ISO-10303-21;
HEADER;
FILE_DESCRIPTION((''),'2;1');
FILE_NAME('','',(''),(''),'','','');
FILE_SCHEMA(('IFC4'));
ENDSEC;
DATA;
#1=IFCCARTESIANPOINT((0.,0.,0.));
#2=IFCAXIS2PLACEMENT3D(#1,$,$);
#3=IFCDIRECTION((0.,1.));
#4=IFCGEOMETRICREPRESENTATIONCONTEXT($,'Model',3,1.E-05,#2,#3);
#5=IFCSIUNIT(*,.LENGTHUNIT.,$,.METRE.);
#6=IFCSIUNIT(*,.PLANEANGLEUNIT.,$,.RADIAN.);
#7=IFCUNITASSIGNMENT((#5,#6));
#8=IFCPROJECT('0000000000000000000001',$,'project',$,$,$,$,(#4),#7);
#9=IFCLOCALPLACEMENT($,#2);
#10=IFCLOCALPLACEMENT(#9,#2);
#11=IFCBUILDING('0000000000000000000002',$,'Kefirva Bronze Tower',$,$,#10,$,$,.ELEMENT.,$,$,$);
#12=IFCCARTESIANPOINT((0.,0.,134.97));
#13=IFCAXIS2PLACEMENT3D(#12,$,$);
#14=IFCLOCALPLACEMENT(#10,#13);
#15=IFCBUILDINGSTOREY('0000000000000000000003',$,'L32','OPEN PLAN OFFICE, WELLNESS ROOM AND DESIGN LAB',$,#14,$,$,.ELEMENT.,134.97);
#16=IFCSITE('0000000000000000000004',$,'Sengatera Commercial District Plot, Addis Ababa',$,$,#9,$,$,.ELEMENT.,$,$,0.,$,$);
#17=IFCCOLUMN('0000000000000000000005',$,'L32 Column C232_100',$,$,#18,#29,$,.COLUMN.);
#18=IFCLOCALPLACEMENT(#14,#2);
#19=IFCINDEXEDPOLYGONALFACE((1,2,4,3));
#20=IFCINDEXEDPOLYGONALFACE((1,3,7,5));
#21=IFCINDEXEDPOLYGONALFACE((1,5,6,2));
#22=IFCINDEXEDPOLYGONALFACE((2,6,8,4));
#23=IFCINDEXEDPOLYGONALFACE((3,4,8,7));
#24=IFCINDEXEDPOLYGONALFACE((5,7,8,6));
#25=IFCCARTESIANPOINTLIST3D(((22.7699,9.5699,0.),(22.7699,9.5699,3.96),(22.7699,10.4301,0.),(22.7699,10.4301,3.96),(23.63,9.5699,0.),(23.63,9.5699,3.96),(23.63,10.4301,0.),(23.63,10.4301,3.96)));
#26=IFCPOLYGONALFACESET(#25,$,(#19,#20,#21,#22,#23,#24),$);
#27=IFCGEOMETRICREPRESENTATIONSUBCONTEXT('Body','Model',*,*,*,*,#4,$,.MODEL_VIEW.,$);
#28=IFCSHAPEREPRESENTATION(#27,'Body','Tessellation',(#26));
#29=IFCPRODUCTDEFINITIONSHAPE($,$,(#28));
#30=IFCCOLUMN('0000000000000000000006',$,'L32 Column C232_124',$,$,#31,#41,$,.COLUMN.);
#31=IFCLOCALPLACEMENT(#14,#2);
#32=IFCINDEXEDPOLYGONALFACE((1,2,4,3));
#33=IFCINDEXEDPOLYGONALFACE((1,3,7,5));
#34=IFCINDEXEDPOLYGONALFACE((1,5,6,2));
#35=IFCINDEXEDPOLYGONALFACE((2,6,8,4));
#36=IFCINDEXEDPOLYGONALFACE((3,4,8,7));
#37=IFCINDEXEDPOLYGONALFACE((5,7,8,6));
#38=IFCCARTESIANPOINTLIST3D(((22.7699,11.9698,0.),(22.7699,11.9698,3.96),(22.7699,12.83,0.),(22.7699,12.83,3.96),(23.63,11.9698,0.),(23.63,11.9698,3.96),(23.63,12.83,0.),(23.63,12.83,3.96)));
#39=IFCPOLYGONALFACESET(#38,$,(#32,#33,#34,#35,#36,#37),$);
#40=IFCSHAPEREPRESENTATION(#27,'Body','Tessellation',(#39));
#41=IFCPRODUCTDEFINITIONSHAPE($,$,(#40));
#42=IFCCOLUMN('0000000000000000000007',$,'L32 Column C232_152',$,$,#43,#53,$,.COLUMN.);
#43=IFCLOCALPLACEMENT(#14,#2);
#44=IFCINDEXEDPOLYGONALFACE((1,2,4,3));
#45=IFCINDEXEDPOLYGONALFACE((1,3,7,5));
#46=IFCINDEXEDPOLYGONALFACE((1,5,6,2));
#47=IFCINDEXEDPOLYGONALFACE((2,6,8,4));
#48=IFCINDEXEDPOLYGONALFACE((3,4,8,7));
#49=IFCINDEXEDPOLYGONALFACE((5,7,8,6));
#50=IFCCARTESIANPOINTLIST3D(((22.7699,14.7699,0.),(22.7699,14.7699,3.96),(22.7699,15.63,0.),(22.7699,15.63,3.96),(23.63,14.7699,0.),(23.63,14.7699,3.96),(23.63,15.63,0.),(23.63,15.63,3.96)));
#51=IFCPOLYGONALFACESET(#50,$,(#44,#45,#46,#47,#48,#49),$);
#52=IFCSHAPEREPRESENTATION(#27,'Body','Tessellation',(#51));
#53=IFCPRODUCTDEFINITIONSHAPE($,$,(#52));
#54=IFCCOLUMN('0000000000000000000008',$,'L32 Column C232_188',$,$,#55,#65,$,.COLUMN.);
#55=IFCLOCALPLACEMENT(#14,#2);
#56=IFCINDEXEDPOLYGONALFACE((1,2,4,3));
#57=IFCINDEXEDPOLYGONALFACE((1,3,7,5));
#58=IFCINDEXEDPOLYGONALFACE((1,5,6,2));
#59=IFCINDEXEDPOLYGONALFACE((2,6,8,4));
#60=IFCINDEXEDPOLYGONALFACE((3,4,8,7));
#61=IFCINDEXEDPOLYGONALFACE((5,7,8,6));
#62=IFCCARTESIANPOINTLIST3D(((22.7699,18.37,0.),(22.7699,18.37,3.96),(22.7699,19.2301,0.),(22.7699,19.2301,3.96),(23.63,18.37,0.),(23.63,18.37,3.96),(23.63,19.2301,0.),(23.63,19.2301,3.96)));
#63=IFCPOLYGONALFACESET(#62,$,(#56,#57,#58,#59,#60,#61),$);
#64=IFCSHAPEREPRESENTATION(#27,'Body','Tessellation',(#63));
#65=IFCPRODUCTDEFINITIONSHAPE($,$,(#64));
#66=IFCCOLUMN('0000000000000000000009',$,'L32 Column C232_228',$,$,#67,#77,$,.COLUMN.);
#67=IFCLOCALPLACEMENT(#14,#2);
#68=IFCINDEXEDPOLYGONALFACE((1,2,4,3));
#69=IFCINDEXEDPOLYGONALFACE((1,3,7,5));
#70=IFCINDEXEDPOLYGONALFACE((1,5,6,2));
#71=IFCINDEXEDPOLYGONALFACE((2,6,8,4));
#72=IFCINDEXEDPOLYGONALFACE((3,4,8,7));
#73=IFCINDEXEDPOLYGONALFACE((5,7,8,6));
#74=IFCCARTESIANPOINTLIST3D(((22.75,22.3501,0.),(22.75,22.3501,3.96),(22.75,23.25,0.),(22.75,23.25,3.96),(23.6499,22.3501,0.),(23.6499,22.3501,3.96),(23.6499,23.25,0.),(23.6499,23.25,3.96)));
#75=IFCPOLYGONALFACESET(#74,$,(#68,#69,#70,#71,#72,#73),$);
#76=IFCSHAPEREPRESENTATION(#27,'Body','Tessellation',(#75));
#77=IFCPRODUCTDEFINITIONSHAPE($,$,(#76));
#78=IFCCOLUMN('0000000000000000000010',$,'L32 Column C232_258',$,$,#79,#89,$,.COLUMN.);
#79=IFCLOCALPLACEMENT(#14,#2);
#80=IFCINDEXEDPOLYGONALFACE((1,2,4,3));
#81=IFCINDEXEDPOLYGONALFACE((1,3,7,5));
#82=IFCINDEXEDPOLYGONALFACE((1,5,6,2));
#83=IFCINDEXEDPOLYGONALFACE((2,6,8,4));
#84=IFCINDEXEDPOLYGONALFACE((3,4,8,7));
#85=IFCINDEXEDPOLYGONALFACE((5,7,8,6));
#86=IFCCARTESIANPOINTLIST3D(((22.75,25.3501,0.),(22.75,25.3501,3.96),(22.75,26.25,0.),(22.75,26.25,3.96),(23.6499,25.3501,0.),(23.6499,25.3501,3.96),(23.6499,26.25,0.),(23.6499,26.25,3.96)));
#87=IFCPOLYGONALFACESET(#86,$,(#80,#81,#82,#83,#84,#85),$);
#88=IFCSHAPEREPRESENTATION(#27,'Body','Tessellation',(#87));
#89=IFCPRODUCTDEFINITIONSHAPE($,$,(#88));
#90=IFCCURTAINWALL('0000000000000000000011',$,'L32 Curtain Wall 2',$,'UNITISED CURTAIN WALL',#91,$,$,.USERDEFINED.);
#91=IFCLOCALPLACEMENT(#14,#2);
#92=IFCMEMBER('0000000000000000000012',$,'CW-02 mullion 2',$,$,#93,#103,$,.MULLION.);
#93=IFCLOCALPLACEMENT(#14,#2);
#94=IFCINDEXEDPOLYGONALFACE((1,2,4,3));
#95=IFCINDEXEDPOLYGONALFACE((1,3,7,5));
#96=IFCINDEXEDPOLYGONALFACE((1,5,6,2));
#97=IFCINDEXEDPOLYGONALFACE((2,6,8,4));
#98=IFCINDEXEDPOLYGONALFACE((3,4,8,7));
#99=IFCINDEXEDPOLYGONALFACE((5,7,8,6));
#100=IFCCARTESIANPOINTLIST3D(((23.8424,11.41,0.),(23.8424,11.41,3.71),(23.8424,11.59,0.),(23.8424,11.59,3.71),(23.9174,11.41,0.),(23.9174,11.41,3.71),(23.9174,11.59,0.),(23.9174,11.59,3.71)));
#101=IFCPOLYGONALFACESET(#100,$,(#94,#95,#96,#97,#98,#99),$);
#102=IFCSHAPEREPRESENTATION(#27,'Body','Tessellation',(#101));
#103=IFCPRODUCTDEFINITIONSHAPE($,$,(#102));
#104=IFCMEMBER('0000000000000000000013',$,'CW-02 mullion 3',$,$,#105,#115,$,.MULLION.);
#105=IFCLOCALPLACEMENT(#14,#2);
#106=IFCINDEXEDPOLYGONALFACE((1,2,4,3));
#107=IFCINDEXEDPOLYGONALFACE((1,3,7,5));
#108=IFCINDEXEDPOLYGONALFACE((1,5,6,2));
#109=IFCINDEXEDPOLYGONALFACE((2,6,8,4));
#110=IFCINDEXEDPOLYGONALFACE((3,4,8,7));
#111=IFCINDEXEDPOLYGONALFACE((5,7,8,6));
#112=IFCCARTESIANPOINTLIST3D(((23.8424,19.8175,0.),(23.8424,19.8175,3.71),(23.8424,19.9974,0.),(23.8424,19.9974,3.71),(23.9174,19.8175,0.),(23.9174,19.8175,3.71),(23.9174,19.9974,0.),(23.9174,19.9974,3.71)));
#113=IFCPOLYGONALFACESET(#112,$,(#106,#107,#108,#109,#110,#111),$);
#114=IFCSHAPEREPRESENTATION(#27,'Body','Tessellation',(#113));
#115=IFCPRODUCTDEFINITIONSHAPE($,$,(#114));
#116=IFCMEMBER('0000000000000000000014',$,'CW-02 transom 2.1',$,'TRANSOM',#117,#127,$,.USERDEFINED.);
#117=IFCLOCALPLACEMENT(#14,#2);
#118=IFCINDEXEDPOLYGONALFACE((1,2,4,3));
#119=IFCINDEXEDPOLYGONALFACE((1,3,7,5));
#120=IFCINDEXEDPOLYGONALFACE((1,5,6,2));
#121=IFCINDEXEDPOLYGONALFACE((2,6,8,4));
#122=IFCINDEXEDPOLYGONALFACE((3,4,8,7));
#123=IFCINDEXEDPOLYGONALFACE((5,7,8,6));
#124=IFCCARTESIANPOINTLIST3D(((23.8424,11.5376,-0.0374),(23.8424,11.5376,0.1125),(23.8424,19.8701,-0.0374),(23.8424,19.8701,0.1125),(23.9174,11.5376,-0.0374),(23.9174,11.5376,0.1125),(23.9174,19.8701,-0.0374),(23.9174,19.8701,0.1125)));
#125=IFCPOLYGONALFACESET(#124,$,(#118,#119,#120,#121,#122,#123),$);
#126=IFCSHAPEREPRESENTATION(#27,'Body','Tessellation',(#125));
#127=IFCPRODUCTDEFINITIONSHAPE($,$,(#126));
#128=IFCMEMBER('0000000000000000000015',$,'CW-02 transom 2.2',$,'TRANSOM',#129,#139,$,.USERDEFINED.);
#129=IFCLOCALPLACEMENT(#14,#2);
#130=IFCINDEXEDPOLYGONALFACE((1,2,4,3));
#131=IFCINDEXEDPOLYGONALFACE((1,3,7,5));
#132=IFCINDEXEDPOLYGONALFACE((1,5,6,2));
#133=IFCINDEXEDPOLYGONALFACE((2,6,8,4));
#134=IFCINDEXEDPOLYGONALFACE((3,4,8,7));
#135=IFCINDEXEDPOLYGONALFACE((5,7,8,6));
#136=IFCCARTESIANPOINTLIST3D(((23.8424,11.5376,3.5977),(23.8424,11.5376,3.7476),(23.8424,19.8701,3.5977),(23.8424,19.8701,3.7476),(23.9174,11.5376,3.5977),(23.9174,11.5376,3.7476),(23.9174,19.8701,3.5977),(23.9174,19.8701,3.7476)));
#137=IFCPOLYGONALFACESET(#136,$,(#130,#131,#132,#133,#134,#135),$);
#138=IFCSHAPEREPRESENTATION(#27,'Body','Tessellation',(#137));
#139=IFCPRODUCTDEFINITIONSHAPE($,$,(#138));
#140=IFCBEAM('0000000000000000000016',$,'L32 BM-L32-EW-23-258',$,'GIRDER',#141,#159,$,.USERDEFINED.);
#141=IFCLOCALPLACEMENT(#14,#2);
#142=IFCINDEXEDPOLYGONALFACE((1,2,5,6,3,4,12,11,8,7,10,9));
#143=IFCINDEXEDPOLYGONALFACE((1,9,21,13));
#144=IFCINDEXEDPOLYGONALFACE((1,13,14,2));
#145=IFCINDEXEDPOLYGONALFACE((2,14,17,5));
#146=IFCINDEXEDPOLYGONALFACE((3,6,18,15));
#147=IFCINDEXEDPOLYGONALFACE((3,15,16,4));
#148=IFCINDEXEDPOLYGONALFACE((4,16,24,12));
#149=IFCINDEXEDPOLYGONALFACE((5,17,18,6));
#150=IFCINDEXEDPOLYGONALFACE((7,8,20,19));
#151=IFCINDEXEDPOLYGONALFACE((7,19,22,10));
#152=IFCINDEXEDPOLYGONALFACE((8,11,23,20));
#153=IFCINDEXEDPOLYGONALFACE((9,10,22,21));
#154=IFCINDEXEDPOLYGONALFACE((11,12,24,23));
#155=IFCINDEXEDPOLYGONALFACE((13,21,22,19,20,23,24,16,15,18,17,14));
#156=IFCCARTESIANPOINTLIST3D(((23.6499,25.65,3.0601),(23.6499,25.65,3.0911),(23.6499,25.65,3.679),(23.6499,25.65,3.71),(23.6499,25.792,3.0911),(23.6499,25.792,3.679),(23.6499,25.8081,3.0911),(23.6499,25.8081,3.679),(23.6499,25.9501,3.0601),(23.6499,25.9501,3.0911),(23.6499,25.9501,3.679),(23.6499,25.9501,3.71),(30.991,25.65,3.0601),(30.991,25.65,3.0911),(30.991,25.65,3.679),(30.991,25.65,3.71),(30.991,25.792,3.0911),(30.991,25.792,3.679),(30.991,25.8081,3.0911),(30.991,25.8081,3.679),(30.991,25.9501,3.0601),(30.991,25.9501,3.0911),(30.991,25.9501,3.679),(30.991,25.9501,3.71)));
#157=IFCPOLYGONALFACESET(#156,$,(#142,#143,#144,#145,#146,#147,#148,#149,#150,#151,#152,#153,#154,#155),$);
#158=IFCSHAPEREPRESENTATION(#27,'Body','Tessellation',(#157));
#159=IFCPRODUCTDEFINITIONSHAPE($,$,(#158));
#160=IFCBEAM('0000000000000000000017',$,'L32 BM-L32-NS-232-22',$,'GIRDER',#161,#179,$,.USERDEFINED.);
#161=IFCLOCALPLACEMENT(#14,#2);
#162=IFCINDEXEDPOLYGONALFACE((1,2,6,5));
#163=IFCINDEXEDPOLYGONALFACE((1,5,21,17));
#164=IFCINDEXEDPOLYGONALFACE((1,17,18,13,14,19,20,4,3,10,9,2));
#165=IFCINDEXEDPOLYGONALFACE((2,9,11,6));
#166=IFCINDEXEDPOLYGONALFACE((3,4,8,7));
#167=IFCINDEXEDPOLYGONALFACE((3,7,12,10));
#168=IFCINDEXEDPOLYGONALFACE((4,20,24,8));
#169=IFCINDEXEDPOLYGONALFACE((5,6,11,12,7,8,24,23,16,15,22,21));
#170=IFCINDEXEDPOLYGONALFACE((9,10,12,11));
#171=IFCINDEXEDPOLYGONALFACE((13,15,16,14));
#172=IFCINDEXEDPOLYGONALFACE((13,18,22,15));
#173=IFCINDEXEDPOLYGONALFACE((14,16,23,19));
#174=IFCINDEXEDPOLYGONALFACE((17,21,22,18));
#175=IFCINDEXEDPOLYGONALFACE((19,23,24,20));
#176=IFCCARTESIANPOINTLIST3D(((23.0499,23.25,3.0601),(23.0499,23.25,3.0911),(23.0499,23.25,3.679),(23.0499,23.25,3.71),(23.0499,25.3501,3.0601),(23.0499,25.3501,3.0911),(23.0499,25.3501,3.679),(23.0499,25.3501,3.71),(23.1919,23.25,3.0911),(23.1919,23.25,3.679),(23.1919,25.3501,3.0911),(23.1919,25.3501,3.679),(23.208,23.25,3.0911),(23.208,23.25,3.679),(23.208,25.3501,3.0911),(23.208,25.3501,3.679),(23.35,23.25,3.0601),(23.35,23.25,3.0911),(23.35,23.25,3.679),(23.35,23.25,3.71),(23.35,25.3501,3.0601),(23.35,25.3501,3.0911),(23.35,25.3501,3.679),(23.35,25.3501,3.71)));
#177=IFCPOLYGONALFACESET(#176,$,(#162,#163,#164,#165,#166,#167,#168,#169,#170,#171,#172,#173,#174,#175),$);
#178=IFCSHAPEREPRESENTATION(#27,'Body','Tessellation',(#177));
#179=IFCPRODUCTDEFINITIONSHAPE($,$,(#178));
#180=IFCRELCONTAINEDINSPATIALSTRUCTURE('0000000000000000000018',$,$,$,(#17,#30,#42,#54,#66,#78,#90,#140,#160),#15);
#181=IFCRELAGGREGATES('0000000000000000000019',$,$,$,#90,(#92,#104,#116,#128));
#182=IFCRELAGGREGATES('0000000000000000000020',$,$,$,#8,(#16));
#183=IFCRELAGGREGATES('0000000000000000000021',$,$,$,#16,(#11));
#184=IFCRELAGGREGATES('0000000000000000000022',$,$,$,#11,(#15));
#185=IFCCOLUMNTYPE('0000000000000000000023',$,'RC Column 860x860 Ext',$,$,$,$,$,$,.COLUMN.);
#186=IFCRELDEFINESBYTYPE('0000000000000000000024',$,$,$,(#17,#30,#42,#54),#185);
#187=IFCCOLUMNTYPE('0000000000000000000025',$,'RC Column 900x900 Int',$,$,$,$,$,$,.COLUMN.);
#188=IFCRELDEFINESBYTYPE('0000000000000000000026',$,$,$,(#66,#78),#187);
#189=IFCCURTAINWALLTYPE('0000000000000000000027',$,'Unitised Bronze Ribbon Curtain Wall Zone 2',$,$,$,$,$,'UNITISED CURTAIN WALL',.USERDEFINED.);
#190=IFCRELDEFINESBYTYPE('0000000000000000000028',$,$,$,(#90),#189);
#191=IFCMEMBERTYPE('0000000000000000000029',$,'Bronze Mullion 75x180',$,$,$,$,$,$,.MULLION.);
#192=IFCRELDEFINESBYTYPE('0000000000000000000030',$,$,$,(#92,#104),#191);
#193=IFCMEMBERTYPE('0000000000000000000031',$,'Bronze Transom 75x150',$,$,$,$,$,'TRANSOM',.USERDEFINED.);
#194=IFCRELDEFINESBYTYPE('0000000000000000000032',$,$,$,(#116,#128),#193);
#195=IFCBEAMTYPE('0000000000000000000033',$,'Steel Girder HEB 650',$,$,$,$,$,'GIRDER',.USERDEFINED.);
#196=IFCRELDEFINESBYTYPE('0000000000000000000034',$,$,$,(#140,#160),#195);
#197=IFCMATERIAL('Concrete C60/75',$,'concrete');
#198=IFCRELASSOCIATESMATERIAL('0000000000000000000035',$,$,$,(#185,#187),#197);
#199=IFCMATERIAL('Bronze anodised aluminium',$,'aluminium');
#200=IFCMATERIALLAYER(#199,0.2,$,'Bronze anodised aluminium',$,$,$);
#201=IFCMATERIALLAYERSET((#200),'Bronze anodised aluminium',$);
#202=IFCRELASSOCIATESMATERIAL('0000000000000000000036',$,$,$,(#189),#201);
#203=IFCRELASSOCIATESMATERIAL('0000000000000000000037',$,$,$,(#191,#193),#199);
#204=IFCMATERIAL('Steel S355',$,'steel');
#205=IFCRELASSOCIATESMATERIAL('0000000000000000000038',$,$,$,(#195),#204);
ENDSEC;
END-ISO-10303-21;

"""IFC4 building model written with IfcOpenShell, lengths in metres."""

from ifc_helpers import new_model, si_unit, direction, frame, origin, origin_2d, place, context, subcontext, project, spatial, rectangle, i_section, extrude, material, layer, layer_set, material_profile, profile_set, type_object, element, aggregate, save


model = new_model("IFC4")

# Units and contexts
model_context = context("Model", 3, precision=1e-05, world=origin(), true_north=direction((0.0, 1.0)))
body_context = subcontext(model_context, "Body", "Model", "MODEL_VIEW")
ifc_project = project(units=[si_unit("LENGTHUNIT", "METRE"), si_unit("PLANEANGLEUNIT", "RADIAN")], contexts=[model_context])

# Site, building, storey
site_placement = place(None, origin())
site = spatial("IfcSite", under=ifc_project, at=site_placement, Name="Sengatera Commercial District Plot, Addis Ababa", CompositionType="ELEMENT", RefElevation=0.0)
building_placement = place(site_placement, origin())
building = spatial("IfcBuilding", under=site, at=building_placement, Name="Kefirva Bronze Tower", CompositionType="ELEMENT")
storey_placement = place(building_placement, frame((0.0, 0.0, 134.97)))
storey = spatial("IfcBuildingStorey", under=building, at=storey_placement, Name="L32", Description="OPEN PLAN OFFICE, WELLNESS ROOM AND DESIGN LAB", CompositionType="ELEMENT", Elevation=134.97)

# Columns
ifc_material_1 = material(Name="Concrete C60/75", Category="concrete")
ifc_material_profile_1 = material_profile(ifc_material_1, rectangle(XDim=0.8601, YDim=0.8601, at=origin_2d()), Name="RC 860x860")
ifc_profile_set_1 = profile_set([ifc_material_profile_1], Name="Concrete C60/75")
column_type_1 = type_object("IfcColumnType", Name="RC Column 860x860 Ext", PredefinedType="COLUMN", material=ifc_profile_set_1)
for number, where, z_axis, x_axis, name in (
    (1, (23.2, 10.0, 0.0), (0.0, 0.0, 1.0), (1.0, 0.0, 0.0), "L32 Column C232_100"),
    (2, (23.2, 12.3999, 0.0), (0.0, 0.0, 1.0), (1.0, 0.0, 0.0), "L32 Column C232_124"),
    (3, (23.2, 15.2, 0.0), (0.0, 0.0, 1.0), (1.0, 0.0, 0.0), "L32 Column C232_152"),
    (4, (23.2, 18.8, 0.0), (0.0, 0.0, 1.0), (1.0, 0.0, 0.0), "L32 Column C232_188"),
):
    element("IfcColumn", number, at=place(storey_placement, frame(where, z_axis=z_axis, x_axis=x_axis)), inside=storey, type_object=column_type_1, Name=name, PredefinedType="COLUMN", context=body_context, shape_type="SweptSolid", body=[
        extrude(rectangle(XDim=0.8601, YDim=0.8601, at=origin_2d()), origin(), (0.0, 0.0, 1.0), 3.96),
    ])
ifc_material_profile_2 = material_profile(ifc_material_1, rectangle(XDim=0.8999, YDim=0.8999, at=origin_2d()), Name="RC 900x900")
ifc_profile_set_2 = profile_set([ifc_material_profile_2], Name="Concrete C60/75")
column_type_2 = type_object("IfcColumnType", Name="RC Column 900x900 Int", PredefinedType="COLUMN", material=ifc_profile_set_2)
for number, where, z_axis, x_axis, name in (
    (5, (23.2, 22.8, 0.0), (0.0, 0.0, 1.0), (1.0, 0.0, 0.0), "L32 Column C232_228"),
    (6, (23.2, 25.8, 0.0), (0.0, 0.0, 1.0), (1.0, 0.0, 0.0), "L32 Column C232_258"),
):
    element("IfcColumn", number, at=place(storey_placement, frame(where, z_axis=z_axis, x_axis=x_axis)), inside=storey, type_object=column_type_2, Name=name, PredefinedType="COLUMN", context=body_context, shape_type="SweptSolid", body=[
        extrude(rectangle(XDim=0.8999, YDim=0.8999, at=origin_2d()), origin(), (0.0, 0.0, 1.0), 3.96),
    ])

# Curtain wall, members
ifc_material_2 = material(Name="Bronze anodised aluminium", Category="aluminium")
ifc_layer_1 = layer(ifc_material_2, 0.2, Name="Bronze anodised aluminium")
ifc_layer_set_1 = layer_set([ifc_layer_1], Name="Bronze anodised aluminium")
curtain_wall_type = type_object("IfcCurtainWallType", Name="Unitised Bronze Ribbon Curtain Wall Zone 2", ElementType="UNITISED CURTAIN WALL", PredefinedType="USERDEFINED", material=ifc_layer_set_1)
curtain_wall_placement = place(storey_placement, origin())
curtain_wall = element("IfcCurtainWall", 7, at=curtain_wall_placement, inside=storey, type_object=curtain_wall_type, Name="L32 Curtain Wall 2", ObjectType="UNITISED CURTAIN WALL", PredefinedType="USERDEFINED")
ifc_material_profile_3 = material_profile(ifc_material_2, rectangle(XDim=0.075, YDim=0.1799, at=origin_2d()), Name="ALU 75x180")
ifc_profile_set_3 = profile_set([ifc_material_profile_3], Name="Bronze anodised aluminium")
member_type_1 = type_object("IfcMemberType", Name="Bronze Mullion 75x180", PredefinedType="MULLION", material=ifc_profile_set_3)
member_1_placement = place(storey_placement, frame((23.8799, 11.5, 0.0), z_axis=(0.0, 0.0, 1.0), x_axis=(-1.0, 0.0, 0.0)))
member_1 = element("IfcMember", 8, at=member_1_placement, type_object=member_type_1, Name="CW-02 mullion 2", PredefinedType="MULLION", context=body_context, shape_type="SweptSolid", body=[
    extrude(rectangle(XDim=0.075, YDim=0.1799, at=origin_2d()), origin(), (0.0, 0.0, 1.0), 3.71),
])
member_2_placement = place(storey_placement, frame((23.8799, 19.9075, 0.0), z_axis=(0.0, 0.0, 1.0), x_axis=(-1.0, 0.0, 0.0)))
member_2 = element("IfcMember", 9, at=member_2_placement, type_object=member_type_1, Name="CW-02 mullion 3", PredefinedType="MULLION", context=body_context, shape_type="SweptSolid", body=[
    extrude(rectangle(XDim=0.075, YDim=0.1799, at=origin_2d()), origin(), (0.0, 0.0, 1.0), 3.71),
])
ifc_material_profile_4 = material_profile(ifc_material_2, rectangle(XDim=0.075, YDim=0.1499, at=origin_2d()), Name="ALU 75x150")
ifc_profile_set_4 = profile_set([ifc_material_profile_4], Name="Bronze anodised aluminium")
member_type_2 = type_object("IfcMemberType", Name="Bronze Transom 75x150", ElementType="TRANSOM", PredefinedType="USERDEFINED", material=ifc_profile_set_4)
member_3_placement = place(storey_placement, frame((23.8799, 11.5376, 0.0376), z_axis=(0.0, 1.0, 0.0), x_axis=(-1.0, 0.0, 0.0)))
member_3 = element("IfcMember", 10, at=member_3_placement, type_object=member_type_2, Name="CW-02 transom 2.1", ObjectType="TRANSOM", PredefinedType="USERDEFINED", context=body_context, shape_type="SweptSolid", body=[
    extrude(rectangle(XDim=0.075, YDim=0.1499, at=origin_2d()), origin(), (0.0, 0.0, 1.0), 8.3325),
])
member_4_placement = place(storey_placement, frame((23.8799, 11.5376, 3.6726), z_axis=(0.0, 1.0, 0.0), x_axis=(-1.0, 0.0, 0.0)))
member_4 = element("IfcMember", 11, at=member_4_placement, type_object=member_type_2, Name="CW-02 transom 2.2", ObjectType="TRANSOM", PredefinedType="USERDEFINED", context=body_context, shape_type="SweptSolid", body=[
    extrude(rectangle(XDim=0.075, YDim=0.1499, at=origin_2d()), origin(), (0.0, 0.0, 1.0), 8.3325),
])

# Beams
ifc_material_3 = material(Name="Steel S355", Category="steel")
ifc_material_profile_5 = material_profile(ifc_material_3, i_section(OverallWidth=0.3, OverallDepth=0.6499, WebThickness=0.0161, FlangeThickness=0.031, at=origin_2d()), Name="HEB 650")
ifc_profile_set_5 = profile_set([ifc_material_profile_5], Name="Steel S355")
beam_type_1 = type_object("IfcBeamType", Name="Steel Girder HEB 650", ElementType="GIRDER", PredefinedType="USERDEFINED", material=ifc_profile_set_5)
beam_1_placement = place(storey_placement, frame((23.6499, 25.8, 3.385), z_axis=(1.0, 0.0, 0.0), x_axis=(0.0, 1.0, 0.0)))
element("IfcBeam", 12, at=beam_1_placement, inside=storey, type_object=beam_type_1, Name="L32 BM-L32-EW-23-258", ObjectType="GIRDER", PredefinedType="USERDEFINED", context=body_context, shape_type="SweptSolid", body=[
    extrude(i_section(OverallWidth=0.3, OverallDepth=0.6499, WebThickness=0.0161, FlangeThickness=0.031, at=origin_2d()), origin(), (0.0, 0.0, 1.0), 7.3411),
])
beam_2_placement = place(storey_placement, frame((23.2, 23.25, 3.385), z_axis=(0.0, 1.0, 0.0), x_axis=(-1.0, 0.0, 0.0)))
element("IfcBeam", 13, at=beam_2_placement, inside=storey, type_object=beam_type_1, Name="L32 BM-L32-NS-232-22", ObjectType="GIRDER", PredefinedType="USERDEFINED", context=body_context, shape_type="SweptSolid", body=[
    extrude(i_section(OverallWidth=0.3, OverallDepth=0.6499, WebThickness=0.0161, FlangeThickness=0.031, at=origin_2d()), origin(), (0.0, 0.0, 1.0), 2.1001),
])

aggregate(curtain_wall, [member_1, member_2, member_3, member_4])

save(model, "model.ifc")
